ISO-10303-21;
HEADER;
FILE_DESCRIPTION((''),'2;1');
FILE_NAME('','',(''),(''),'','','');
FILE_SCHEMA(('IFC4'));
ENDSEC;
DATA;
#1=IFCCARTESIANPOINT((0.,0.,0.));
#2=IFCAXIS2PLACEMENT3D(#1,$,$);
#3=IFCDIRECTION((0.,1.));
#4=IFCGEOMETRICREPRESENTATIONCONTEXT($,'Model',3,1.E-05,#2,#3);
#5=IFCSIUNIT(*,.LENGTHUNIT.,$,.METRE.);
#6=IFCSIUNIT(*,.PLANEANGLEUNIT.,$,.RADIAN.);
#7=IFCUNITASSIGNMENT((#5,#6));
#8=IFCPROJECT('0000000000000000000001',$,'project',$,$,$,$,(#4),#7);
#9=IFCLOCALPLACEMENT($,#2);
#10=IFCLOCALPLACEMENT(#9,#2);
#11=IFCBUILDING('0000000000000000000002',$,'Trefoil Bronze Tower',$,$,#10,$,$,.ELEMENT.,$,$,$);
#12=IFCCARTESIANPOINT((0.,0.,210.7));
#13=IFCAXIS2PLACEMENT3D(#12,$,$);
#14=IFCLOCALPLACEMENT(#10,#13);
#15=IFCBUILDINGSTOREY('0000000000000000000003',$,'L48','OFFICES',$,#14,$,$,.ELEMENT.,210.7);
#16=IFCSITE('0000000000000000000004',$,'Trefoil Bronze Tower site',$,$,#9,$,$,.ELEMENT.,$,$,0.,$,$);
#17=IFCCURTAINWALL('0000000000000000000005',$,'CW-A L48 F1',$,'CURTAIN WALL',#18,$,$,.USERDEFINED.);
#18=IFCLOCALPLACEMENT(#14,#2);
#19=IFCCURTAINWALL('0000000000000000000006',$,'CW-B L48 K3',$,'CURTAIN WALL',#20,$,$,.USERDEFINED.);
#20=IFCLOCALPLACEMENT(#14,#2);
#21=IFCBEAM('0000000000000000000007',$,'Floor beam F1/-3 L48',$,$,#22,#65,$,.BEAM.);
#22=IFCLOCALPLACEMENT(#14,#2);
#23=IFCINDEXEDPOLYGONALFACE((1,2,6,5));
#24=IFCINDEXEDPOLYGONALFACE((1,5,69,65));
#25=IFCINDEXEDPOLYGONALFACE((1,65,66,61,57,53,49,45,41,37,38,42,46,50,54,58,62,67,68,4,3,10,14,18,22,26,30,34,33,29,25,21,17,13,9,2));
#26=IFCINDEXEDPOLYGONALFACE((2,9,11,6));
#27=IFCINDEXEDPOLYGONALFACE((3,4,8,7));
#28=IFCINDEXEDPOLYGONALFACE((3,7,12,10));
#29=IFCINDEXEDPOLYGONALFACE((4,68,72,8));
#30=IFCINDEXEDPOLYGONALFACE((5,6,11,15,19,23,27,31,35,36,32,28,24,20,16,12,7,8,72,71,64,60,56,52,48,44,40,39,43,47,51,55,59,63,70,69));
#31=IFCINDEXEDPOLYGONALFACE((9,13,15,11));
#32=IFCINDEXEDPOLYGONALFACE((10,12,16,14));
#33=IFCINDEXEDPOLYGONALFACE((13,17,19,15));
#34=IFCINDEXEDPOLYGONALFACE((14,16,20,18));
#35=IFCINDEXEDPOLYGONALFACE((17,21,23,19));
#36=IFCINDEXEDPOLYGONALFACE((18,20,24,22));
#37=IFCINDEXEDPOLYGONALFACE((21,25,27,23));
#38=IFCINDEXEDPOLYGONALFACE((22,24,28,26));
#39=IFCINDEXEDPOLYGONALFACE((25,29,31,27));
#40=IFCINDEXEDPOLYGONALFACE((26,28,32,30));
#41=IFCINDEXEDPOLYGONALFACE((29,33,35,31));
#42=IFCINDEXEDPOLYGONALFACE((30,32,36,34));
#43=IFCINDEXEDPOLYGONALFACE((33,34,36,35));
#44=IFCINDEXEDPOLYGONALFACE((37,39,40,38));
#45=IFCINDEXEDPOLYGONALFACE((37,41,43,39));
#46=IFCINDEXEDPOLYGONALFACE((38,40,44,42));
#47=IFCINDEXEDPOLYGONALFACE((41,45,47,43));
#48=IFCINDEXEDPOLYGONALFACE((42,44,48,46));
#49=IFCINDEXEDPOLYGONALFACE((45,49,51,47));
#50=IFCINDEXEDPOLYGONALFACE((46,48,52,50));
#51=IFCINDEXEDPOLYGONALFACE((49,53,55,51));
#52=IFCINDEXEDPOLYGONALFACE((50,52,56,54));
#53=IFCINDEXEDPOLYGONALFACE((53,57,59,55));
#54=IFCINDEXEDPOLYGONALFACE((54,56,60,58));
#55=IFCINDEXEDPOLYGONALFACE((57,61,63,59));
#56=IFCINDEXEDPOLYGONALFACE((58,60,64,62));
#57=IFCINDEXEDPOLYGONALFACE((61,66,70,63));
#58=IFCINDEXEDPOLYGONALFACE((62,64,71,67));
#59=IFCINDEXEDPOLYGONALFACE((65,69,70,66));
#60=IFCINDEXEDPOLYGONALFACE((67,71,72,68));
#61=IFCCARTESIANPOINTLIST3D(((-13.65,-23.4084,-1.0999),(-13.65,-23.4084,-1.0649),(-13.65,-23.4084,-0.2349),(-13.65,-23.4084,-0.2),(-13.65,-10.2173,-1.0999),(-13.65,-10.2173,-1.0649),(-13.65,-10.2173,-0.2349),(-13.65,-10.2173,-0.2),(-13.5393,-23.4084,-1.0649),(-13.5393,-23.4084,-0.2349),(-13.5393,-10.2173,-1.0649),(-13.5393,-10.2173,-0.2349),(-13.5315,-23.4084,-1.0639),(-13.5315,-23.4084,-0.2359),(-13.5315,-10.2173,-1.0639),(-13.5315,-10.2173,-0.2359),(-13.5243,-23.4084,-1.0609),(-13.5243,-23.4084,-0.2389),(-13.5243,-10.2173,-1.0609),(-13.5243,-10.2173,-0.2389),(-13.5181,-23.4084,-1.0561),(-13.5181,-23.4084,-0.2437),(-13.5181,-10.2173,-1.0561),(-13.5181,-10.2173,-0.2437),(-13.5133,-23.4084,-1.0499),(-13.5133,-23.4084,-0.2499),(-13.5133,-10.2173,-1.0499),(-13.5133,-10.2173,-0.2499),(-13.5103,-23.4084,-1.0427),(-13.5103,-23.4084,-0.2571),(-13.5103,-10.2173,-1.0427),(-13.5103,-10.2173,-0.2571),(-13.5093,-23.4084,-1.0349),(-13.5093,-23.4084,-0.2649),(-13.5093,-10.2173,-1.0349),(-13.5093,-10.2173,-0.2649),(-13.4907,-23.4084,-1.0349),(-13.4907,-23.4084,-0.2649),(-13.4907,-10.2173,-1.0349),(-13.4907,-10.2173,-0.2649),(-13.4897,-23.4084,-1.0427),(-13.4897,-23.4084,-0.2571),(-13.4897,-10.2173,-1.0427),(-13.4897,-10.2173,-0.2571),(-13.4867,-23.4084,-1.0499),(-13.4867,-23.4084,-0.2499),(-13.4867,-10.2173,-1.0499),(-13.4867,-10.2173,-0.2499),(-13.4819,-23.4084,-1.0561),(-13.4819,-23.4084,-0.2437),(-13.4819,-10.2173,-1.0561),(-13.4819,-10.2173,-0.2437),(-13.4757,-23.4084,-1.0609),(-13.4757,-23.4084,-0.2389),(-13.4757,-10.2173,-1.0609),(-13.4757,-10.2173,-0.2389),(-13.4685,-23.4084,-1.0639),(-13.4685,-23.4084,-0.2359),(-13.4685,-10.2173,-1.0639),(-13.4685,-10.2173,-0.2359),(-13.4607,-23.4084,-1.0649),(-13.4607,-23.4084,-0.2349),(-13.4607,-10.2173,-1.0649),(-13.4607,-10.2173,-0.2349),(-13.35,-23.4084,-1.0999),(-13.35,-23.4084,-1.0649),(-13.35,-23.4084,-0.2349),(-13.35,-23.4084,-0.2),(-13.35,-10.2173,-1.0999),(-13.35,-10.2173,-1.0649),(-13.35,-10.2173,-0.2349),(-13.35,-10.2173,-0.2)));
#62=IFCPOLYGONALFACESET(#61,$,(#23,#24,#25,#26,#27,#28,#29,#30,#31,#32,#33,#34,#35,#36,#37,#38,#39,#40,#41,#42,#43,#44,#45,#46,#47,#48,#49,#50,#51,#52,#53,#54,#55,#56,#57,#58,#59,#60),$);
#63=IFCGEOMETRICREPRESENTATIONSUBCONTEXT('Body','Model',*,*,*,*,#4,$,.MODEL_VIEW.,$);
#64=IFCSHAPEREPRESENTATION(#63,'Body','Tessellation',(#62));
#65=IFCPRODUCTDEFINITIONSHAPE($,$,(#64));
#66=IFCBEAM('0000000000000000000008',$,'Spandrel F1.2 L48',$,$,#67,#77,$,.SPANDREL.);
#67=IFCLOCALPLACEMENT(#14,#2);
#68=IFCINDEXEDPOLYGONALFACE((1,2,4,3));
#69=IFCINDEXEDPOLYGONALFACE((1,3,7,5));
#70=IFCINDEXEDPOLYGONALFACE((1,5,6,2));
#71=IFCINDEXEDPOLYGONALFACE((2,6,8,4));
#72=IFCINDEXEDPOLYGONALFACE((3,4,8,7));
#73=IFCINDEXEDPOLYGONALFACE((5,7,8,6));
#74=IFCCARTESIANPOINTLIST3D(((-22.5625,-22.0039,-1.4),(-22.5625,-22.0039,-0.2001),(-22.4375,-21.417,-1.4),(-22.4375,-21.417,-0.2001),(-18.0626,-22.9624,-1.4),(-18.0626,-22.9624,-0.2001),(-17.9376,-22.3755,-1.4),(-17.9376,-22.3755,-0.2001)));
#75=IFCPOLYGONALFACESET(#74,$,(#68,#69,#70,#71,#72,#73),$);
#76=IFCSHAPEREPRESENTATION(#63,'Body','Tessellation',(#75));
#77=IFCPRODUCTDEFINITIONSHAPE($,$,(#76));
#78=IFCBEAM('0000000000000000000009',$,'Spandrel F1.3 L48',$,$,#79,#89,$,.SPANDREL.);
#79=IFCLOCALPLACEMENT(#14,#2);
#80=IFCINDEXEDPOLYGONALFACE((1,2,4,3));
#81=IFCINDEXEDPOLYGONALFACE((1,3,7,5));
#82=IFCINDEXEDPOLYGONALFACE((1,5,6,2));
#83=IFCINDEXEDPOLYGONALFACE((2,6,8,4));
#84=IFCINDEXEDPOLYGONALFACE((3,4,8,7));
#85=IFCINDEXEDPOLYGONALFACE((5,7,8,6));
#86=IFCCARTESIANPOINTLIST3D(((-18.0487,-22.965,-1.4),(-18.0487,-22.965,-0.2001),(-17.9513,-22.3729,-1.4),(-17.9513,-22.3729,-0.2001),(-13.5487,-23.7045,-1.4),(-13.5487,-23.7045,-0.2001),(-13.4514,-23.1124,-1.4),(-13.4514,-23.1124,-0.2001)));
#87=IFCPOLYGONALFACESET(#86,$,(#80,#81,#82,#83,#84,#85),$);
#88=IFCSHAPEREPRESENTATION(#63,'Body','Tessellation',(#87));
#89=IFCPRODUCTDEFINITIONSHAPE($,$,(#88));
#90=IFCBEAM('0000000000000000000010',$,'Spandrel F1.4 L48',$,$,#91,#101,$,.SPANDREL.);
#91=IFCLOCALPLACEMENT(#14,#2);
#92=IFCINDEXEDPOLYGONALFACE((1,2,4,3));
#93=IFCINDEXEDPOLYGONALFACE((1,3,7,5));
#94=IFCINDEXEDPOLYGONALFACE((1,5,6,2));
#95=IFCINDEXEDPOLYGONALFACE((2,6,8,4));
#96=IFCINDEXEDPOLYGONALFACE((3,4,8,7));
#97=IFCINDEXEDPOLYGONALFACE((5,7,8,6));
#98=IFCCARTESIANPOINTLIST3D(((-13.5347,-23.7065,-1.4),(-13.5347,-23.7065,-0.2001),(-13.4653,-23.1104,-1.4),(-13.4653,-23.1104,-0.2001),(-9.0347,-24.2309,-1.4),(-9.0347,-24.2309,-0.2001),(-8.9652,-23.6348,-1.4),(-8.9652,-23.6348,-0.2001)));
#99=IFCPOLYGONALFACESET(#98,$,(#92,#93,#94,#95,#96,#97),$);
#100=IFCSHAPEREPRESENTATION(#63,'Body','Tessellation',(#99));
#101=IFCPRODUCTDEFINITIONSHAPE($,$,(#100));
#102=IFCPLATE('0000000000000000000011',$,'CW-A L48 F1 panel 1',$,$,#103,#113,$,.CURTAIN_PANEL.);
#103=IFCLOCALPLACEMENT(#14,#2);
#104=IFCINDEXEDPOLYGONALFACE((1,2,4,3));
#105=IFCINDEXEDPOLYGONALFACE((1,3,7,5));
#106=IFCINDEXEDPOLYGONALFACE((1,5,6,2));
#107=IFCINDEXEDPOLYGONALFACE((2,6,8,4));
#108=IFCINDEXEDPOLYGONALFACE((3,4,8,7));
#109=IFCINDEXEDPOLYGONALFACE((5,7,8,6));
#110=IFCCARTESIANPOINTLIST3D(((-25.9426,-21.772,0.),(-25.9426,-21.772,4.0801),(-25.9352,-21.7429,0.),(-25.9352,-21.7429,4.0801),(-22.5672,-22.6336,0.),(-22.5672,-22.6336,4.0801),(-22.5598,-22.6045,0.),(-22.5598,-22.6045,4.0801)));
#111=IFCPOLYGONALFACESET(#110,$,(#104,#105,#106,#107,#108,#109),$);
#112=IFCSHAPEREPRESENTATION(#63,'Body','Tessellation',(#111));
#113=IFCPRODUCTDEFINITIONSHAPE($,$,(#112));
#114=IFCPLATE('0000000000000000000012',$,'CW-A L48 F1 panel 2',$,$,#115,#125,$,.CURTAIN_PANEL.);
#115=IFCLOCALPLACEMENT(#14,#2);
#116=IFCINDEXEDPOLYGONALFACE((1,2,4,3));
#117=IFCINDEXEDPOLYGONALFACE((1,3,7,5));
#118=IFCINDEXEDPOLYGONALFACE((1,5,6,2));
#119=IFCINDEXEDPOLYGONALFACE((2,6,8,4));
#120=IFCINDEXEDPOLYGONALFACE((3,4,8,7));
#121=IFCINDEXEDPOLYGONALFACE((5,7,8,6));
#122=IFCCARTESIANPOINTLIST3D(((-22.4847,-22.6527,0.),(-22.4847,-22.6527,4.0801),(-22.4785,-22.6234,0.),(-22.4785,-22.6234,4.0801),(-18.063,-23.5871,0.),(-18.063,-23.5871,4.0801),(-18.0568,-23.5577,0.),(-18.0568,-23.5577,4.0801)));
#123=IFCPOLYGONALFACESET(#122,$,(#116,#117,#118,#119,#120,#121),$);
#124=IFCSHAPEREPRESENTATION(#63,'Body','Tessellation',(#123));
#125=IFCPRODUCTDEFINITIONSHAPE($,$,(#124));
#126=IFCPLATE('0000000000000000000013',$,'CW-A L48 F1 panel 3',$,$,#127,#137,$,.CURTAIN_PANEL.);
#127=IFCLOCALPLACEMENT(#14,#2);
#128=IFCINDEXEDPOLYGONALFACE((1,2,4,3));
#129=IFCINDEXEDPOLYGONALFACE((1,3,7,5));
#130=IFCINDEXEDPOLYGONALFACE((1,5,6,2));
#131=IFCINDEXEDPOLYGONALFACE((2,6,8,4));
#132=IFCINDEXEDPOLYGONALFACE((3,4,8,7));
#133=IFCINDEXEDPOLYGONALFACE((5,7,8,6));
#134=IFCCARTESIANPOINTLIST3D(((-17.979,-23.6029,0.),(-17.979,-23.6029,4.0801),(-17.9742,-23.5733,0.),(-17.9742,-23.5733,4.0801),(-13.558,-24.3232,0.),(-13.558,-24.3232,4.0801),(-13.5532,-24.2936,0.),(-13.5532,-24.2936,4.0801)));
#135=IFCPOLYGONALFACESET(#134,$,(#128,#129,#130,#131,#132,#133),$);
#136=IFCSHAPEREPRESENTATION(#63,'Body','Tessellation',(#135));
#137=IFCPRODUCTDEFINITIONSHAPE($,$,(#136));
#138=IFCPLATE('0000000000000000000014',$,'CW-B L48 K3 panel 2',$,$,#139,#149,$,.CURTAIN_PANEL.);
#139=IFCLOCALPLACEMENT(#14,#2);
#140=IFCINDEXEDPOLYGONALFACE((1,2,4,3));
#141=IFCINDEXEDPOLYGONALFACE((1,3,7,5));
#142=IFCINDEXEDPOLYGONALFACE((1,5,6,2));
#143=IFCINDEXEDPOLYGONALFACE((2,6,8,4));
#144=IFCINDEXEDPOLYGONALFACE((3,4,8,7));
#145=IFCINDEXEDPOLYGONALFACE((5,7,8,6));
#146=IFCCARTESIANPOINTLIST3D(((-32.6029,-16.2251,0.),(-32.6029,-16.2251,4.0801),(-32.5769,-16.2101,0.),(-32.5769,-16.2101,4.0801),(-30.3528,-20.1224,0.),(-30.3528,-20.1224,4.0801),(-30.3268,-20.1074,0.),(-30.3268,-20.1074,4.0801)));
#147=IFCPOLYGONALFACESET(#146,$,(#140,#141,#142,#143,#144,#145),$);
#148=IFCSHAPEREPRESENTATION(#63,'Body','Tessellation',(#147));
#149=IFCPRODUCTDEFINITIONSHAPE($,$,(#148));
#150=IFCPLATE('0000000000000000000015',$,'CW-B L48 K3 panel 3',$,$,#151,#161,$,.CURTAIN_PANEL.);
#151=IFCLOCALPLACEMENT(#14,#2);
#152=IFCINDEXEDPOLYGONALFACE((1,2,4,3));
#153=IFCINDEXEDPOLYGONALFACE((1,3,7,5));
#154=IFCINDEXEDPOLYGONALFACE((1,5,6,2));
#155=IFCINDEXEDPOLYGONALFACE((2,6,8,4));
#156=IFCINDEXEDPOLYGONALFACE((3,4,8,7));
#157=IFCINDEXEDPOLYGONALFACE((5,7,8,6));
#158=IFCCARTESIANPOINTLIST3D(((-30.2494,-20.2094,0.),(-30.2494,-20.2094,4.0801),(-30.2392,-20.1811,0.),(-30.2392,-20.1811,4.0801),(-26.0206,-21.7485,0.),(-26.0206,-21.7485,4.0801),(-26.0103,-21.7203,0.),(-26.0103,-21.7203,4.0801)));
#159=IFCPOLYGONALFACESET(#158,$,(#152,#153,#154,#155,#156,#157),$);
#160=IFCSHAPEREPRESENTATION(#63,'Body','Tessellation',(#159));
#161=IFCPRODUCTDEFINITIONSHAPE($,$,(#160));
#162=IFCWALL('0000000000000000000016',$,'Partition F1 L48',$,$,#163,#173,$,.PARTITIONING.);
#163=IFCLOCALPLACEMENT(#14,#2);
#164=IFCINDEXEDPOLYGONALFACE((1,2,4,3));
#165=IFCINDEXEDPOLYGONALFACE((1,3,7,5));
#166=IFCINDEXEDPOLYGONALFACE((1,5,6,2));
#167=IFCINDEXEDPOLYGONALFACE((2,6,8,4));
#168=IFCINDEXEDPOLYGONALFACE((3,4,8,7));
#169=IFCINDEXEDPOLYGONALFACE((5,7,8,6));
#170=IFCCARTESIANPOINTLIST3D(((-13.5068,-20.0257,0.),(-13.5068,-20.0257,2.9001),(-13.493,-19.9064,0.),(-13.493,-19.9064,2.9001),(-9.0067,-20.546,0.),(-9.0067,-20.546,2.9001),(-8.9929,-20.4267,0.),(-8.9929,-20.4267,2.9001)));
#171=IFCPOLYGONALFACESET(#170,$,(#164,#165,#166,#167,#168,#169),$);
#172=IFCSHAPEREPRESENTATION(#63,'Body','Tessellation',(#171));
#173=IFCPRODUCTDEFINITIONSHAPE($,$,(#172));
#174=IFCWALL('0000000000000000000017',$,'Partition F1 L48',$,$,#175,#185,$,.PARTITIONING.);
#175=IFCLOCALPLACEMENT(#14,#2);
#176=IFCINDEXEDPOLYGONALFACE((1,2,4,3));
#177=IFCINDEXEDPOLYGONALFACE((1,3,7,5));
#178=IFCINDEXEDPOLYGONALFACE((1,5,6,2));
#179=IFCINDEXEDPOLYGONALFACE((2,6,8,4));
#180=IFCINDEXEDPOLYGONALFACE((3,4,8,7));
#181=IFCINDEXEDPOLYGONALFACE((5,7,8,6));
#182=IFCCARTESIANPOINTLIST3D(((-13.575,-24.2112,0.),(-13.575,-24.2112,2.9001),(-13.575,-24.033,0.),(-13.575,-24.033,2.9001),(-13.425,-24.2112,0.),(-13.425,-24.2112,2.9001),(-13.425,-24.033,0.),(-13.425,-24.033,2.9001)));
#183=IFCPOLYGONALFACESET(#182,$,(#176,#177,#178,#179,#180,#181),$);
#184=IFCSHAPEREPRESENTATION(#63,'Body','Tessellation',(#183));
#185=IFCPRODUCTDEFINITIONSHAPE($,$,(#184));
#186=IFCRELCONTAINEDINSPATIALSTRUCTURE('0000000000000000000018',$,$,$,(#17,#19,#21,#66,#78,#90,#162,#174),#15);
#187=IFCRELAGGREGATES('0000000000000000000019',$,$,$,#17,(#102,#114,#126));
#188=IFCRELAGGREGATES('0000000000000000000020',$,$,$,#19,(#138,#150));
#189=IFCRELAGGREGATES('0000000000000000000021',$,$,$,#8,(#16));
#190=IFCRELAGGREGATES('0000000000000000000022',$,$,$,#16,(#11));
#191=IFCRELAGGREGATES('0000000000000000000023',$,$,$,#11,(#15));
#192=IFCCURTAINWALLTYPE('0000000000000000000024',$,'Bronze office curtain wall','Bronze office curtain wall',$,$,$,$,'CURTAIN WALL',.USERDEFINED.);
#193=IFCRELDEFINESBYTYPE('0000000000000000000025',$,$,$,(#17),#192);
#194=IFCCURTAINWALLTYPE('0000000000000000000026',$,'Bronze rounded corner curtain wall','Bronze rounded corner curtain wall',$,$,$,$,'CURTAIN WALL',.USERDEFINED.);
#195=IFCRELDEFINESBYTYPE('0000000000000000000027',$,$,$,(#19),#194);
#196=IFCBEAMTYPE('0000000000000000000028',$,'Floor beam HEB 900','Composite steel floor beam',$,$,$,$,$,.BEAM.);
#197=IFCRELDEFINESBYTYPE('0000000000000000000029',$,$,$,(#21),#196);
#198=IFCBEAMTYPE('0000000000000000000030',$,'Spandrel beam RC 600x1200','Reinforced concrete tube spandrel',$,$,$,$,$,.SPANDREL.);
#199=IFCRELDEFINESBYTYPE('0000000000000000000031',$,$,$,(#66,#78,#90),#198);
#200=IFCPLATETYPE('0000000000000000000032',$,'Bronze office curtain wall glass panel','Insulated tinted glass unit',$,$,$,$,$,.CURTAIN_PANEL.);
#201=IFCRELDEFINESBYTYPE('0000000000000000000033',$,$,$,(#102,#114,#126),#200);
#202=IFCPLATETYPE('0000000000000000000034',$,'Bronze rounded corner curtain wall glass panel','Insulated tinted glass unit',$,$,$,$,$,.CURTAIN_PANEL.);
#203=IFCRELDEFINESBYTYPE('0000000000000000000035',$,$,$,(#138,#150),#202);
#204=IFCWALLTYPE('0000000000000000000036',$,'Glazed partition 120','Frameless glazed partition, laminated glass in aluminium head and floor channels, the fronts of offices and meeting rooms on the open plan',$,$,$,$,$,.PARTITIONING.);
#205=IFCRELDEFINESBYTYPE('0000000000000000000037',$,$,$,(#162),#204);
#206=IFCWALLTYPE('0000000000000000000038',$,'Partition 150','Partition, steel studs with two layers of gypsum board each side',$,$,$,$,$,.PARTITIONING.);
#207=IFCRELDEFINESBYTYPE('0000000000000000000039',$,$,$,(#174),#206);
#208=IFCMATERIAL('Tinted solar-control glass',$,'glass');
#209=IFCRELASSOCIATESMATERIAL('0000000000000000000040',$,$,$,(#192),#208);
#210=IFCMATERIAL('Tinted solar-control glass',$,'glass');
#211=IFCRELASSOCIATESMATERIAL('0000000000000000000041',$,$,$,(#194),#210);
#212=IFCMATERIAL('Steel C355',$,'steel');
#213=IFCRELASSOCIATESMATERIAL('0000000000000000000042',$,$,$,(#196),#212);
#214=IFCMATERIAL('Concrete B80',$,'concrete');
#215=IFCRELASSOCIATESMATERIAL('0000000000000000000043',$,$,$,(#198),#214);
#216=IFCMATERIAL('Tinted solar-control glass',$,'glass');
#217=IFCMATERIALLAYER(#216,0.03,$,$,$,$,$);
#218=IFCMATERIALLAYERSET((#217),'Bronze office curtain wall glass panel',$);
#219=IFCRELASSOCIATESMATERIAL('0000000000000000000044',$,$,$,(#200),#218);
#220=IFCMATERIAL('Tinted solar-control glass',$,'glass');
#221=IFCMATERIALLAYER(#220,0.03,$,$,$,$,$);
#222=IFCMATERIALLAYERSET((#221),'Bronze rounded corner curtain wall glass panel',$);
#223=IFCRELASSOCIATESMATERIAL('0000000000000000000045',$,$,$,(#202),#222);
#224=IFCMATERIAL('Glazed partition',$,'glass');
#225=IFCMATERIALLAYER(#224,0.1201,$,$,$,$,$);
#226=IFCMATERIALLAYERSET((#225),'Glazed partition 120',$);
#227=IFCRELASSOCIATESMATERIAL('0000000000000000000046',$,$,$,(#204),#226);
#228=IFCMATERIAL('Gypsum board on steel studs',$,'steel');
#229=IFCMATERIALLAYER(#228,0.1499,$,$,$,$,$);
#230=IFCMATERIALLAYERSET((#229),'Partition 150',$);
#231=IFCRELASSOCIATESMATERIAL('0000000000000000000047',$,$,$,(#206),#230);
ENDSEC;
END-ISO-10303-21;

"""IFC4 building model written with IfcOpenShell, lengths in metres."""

from ifc_helpers import new_model, si_unit, direction, frame, frame_2d, origin, origin_2d, place, context, subcontext, project, spatial, rectangle, i_section, extrude, material, layer, layer_set, material_profile, profile_set, type_object, element, aggregate, save


model = new_model("IFC4")

# Units and contexts
model_context = context("Model", 3, precision=1e-05, world=origin(), true_north=direction((0.0, 1.0)))
body_context = subcontext(model_context, "Body", "Model", "MODEL_VIEW")
ifc_project = project(units=[si_unit("LENGTHUNIT", "METRE"), si_unit("PLANEANGLEUNIT", "RADIAN")], contexts=[model_context])

# Site, building, storey
site_placement = place(None, origin())
site = spatial("IfcSite", under=ifc_project, at=site_placement, Name="Trefoil Bronze Tower site", CompositionType="ELEMENT", RefElevation=0.0)
building_placement = place(site_placement, origin())
building = spatial("IfcBuilding", under=site, at=building_placement, Name="Trefoil Bronze Tower", CompositionType="ELEMENT")
storey_placement = place(building_placement, frame((0.0, 0.0, 210.7)))
storey = spatial("IfcBuildingStorey", under=building, at=storey_placement, Name="L48", Description="OFFICES", CompositionType="ELEMENT", Elevation=210.7)

# Curtain walls
ifc_material_1 = material(Name="Tinted solar-control glass", Category="glass")
curtain_wall_type_1 = type_object("IfcCurtainWallType", Name="Bronze office curtain wall", Description="Bronze office curtain wall", ElementType="CURTAIN WALL", PredefinedType="USERDEFINED", material=ifc_material_1)
curtain_wall_1_placement = place(storey_placement, origin())
curtain_wall_1 = element("IfcCurtainWall", 1, at=curtain_wall_1_placement, inside=storey, type_object=curtain_wall_type_1, Name="CW-A L48 F1", ObjectType="CURTAIN WALL", PredefinedType="USERDEFINED")
ifc_material_2 = material(Name="Tinted solar-control glass", Category="glass")
curtain_wall_type_2 = type_object("IfcCurtainWallType", Name="Bronze rounded corner curtain wall", Description="Bronze rounded corner curtain wall", ElementType="CURTAIN WALL", PredefinedType="USERDEFINED", material=ifc_material_2)
curtain_wall_2_placement = place(storey_placement, origin())
curtain_wall_2 = element("IfcCurtainWall", 2, at=curtain_wall_2_placement, inside=storey, type_object=curtain_wall_type_2, Name="CW-B L48 K3", ObjectType="CURTAIN WALL", PredefinedType="USERDEFINED")

# Beams
ifc_material_3 = material(Name="Steel C355", Category="steel")
ifc_material_profile_1 = material_profile(ifc_material_3, i_section(OverallWidth=0.3, OverallDepth=0.8999, WebThickness=0.0186, FlangeThickness=0.0349, FilletRadius=0.03, at=origin_2d()), Name="HEB 900")
ifc_profile_set_1 = profile_set([ifc_material_profile_1], Name="Steel C355")
beam_type_1 = type_object("IfcBeamType", Name="Floor beam HEB 900", Description="Composite steel floor beam", PredefinedType="BEAM", material=ifc_profile_set_1)
beam_1_placement = place(storey_placement, frame((-13.5, -23.4084, -0.6499), z_axis=(0.0, 1.0, 0.0), x_axis=(-1.0, 0.0, 0.0)))
element("IfcBeam", 3, at=beam_1_placement, inside=storey, type_object=beam_type_1, Name="Floor beam F1/-3 L48", PredefinedType="BEAM", context=body_context, shape_type="SweptSolid", body=[
    extrude(i_section(OverallWidth=0.3, OverallDepth=0.8999, WebThickness=0.0186, FlangeThickness=0.0349, FilletRadius=0.03, at=origin_2d()), origin(), (0.0, 0.0, 1.0), 13.1912),
])
ifc_material_4 = material(Name="Concrete B80", Category="concrete")
ifc_material_profile_2 = material_profile(ifc_material_4, rectangle(XDim=0.6001, YDim=1.2, at=origin_2d()), Name="RC 600x1200")
ifc_profile_set_2 = profile_set([ifc_material_profile_2], Name="Concrete B80")
beam_type_2 = type_object("IfcBeamType", Name="Spandrel beam RC 600x1200", Description="Reinforced concrete tube spandrel", PredefinedType="SPANDREL", material=ifc_profile_set_2)
beam_2_placement = place(storey_placement, frame((-22.5, -21.7104, -0.8), z_axis=(0.978059, -0.208326, 0.0), x_axis=(0.208326, 0.978059, 0.0)))
element("IfcBeam", 4, at=beam_2_placement, inside=storey, type_object=beam_type_2, Name="Spandrel F1.2 L48", PredefinedType="SPANDREL", context=body_context, shape_type="SweptSolid", body=[
    extrude(rectangle(XDim=0.6001, YDim=1.2, at=origin_2d()), origin(), (0.0, 0.0, 1.0), 4.6008),
])
beam_3_placement = place(storey_placement, frame((-18.0, -22.6689, -0.8), z_axis=(0.986765, -0.162159, 0.0), x_axis=(0.162159, 0.986765, 0.0)))
element("IfcBeam", 5, at=beam_3_placement, inside=storey, type_object=beam_type_2, Name="Spandrel F1.3 L48", PredefinedType="SPANDREL", context=body_context, shape_type="SweptSolid", body=[
    extrude(rectangle(XDim=0.6001, YDim=1.2, at=origin_2d()), origin(), (0.0, 0.0, 1.0), 4.5603),
])
beam_4_placement = place(storey_placement, frame((-13.5, -23.4084, -0.8), z_axis=(0.993278, -0.115753, 0.0), x_axis=(0.115753, 0.993278, 0.0)))
element("IfcBeam", 6, at=beam_4_placement, inside=storey, type_object=beam_type_2, Name="Spandrel F1.4 L48", PredefinedType="SPANDREL", context=body_context, shape_type="SweptSolid", body=[
    extrude(rectangle(XDim=0.6001, YDim=1.2, at=origin_2d()), origin(), (0.0, 0.0, 1.0), 4.5305),
])

# Plates
ifc_material_5 = material(Name="Tinted solar-control glass", Category="glass")
ifc_layer_1 = layer(ifc_material_5, 0.03)
ifc_layer_set_1 = layer_set([ifc_layer_1], Name="Bronze office curtain wall glass panel")
plate_type_1 = type_object("IfcPlateType", Name="Bronze office curtain wall glass panel", Description="Insulated tinted glass unit", PredefinedType="CURTAIN_PANEL", material=ifc_layer_set_1)
plate_1_placement = place(storey_placement, frame((-24.2512, -22.1882, 0.0), z_axis=(0.0, 0.0, 1.0), x_axis=(0.968934, -0.247319, 0.0)))
plate_1 = element("IfcPlate", 7, at=plate_1_placement, type_object=plate_type_1, Name="CW-A L48 F1 panel 1", PredefinedType="CURTAIN_PANEL", context=body_context, shape_type="SweptSolid", body=[
    extrude(rectangle(XDim=3.4836, YDim=0.03, at=origin_2d()), origin(), (0.0, 0.0, 1.0), 4.0801),
])
plate_2_placement = place(storey_placement, frame((-20.2708, -23.1052, 0.0), z_axis=(0.0, 0.0, 1.0), x_axis=(0.978394, -0.206747, 0.0)))
plate_2 = element("IfcPlate", 8, at=plate_2_placement, type_object=plate_type_1, Name="CW-A L48 F1 panel 2", PredefinedType="CURTAIN_PANEL", context=body_context, shape_type="SweptSolid", body=[
    extrude(rectangle(XDim=4.5193, YDim=0.03, at=origin_2d()), origin(), (0.0, 0.0, 1.0), 4.0801),
])
plate_3_placement = place(storey_placement, frame((-15.7661, -23.9482, 0.0), z_axis=(0.0, 0.0, 1.0), x_axis=(0.986987, -0.160803, 0.0)))
plate_3 = element("IfcPlate", 9, at=plate_3_placement, type_object=plate_type_1, Name="CW-A L48 F1 panel 3", PredefinedType="CURTAIN_PANEL", context=body_context, shape_type="SweptSolid", body=[
    extrude(rectangle(XDim=4.4792, YDim=0.03, at=origin_2d()), origin(), (0.0, 0.0, 1.0), 4.0801),
])
aggregate(curtain_wall_1, [plate_1, plate_2, plate_3])
ifc_material_6 = material(Name="Tinted solar-control glass", Category="glass")
ifc_layer_2 = layer(ifc_material_6, 0.03)
ifc_layer_set_2 = layer_set([ifc_layer_2], Name="Bronze rounded corner curtain wall glass panel")
plate_type_2 = type_object("IfcPlateType", Name="Bronze rounded corner curtain wall glass panel", Description="Insulated tinted glass unit", PredefinedType="CURTAIN_PANEL", material=ifc_layer_set_2)
plate_4_placement = place(storey_placement, frame((-31.4648, -18.1663, 0.0), z_axis=(0.0, 0.0, 1.0), x_axis=(0.5, -0.866025, 0.0)))
plate_4 = element("IfcPlate", 10, at=plate_4_placement, type_object=plate_type_2, Name="CW-B L48 K3 panel 2", PredefinedType="CURTAIN_PANEL", context=body_context, shape_type="SweptSolid", body=[
    extrude(rectangle(XDim=4.5002, YDim=0.03, at=origin_2d()), origin(), (0.0, 0.0, 1.0), 4.0801),
])
plate_5_placement = place(storey_placement, frame((-28.1299, -20.9648, 0.0), z_axis=(0.0, 0.0, 1.0), x_axis=(0.939693, -0.34202, 0.0)))
plate_5 = element("IfcPlate", 11, at=plate_5_placement, type_object=plate_type_2, Name="CW-B L48 K3 panel 3", PredefinedType="CURTAIN_PANEL", context=body_context, shape_type="SweptSolid", body=[
    extrude(rectangle(XDim=4.5002, YDim=0.03, at=origin_2d()), origin(), (0.0, 0.0, 1.0), 4.0801),
])
aggregate(curtain_wall_2, [plate_4, plate_5])

# Walls
ifc_material_7 = material(Name="Glazed partition", Category="glass")
ifc_layer_3 = layer(ifc_material_7, 0.1201)
ifc_layer_set_3 = layer_set([ifc_layer_3], Name="Glazed partition 120")
wall_type_1 = type_object("IfcWallType", Name="Glazed partition 120", Description="Frameless glazed partition, laminated glass in aluminium head and floor channels, the fronts of offices and meeting rooms on the open plan", PredefinedType="PARTITIONING", material=ifc_layer_set_3)
wall_1_placement = place(storey_placement, frame((-13.5, -19.9661, 0.0), z_axis=(0.0, 0.0, 1.0), x_axis=(0.993383, -0.114849, 0.0)))
element("IfcWall", 12, at=wall_1_placement, inside=storey, type_object=wall_type_1, Name="Partition F1 L48", PredefinedType="PARTITIONING", context=body_context, shape_type="SweptSolid", body=[
    extrude(rectangle(XDim=4.53, YDim=0.1201, at=frame_2d((2.2651, 0.0))), origin(), (0.0, 0.0, 1.0), 2.9001),
])
ifc_material_8 = material(Name="Gypsum board on steel studs", Category="steel")
ifc_layer_4 = layer(ifc_material_8, 0.1499)
ifc_layer_set_4 = layer_set([ifc_layer_4], Name="Partition 150")
wall_type_2 = type_object("IfcWallType", Name="Partition 150", Description="Partition, steel studs with two layers of gypsum board each side", PredefinedType="PARTITIONING", material=ifc_layer_set_4)
wall_2_placement = place(storey_placement, frame((-13.5, -24.033, 0.0), z_axis=(0.0, 0.0, 1.0), x_axis=(0.0, -1.0, 0.0)))
element("IfcWall", 13, at=wall_2_placement, inside=storey, type_object=wall_type_2, Name="Partition F1 L48", PredefinedType="PARTITIONING", context=body_context, shape_type="SweptSolid", body=[
    extrude(rectangle(XDim=0.1782, YDim=0.1499, at=frame_2d((0.0891, 0.0))), origin(), (0.0, 0.0, 1.0), 2.9001),
])

save(model, "model.ifc")
